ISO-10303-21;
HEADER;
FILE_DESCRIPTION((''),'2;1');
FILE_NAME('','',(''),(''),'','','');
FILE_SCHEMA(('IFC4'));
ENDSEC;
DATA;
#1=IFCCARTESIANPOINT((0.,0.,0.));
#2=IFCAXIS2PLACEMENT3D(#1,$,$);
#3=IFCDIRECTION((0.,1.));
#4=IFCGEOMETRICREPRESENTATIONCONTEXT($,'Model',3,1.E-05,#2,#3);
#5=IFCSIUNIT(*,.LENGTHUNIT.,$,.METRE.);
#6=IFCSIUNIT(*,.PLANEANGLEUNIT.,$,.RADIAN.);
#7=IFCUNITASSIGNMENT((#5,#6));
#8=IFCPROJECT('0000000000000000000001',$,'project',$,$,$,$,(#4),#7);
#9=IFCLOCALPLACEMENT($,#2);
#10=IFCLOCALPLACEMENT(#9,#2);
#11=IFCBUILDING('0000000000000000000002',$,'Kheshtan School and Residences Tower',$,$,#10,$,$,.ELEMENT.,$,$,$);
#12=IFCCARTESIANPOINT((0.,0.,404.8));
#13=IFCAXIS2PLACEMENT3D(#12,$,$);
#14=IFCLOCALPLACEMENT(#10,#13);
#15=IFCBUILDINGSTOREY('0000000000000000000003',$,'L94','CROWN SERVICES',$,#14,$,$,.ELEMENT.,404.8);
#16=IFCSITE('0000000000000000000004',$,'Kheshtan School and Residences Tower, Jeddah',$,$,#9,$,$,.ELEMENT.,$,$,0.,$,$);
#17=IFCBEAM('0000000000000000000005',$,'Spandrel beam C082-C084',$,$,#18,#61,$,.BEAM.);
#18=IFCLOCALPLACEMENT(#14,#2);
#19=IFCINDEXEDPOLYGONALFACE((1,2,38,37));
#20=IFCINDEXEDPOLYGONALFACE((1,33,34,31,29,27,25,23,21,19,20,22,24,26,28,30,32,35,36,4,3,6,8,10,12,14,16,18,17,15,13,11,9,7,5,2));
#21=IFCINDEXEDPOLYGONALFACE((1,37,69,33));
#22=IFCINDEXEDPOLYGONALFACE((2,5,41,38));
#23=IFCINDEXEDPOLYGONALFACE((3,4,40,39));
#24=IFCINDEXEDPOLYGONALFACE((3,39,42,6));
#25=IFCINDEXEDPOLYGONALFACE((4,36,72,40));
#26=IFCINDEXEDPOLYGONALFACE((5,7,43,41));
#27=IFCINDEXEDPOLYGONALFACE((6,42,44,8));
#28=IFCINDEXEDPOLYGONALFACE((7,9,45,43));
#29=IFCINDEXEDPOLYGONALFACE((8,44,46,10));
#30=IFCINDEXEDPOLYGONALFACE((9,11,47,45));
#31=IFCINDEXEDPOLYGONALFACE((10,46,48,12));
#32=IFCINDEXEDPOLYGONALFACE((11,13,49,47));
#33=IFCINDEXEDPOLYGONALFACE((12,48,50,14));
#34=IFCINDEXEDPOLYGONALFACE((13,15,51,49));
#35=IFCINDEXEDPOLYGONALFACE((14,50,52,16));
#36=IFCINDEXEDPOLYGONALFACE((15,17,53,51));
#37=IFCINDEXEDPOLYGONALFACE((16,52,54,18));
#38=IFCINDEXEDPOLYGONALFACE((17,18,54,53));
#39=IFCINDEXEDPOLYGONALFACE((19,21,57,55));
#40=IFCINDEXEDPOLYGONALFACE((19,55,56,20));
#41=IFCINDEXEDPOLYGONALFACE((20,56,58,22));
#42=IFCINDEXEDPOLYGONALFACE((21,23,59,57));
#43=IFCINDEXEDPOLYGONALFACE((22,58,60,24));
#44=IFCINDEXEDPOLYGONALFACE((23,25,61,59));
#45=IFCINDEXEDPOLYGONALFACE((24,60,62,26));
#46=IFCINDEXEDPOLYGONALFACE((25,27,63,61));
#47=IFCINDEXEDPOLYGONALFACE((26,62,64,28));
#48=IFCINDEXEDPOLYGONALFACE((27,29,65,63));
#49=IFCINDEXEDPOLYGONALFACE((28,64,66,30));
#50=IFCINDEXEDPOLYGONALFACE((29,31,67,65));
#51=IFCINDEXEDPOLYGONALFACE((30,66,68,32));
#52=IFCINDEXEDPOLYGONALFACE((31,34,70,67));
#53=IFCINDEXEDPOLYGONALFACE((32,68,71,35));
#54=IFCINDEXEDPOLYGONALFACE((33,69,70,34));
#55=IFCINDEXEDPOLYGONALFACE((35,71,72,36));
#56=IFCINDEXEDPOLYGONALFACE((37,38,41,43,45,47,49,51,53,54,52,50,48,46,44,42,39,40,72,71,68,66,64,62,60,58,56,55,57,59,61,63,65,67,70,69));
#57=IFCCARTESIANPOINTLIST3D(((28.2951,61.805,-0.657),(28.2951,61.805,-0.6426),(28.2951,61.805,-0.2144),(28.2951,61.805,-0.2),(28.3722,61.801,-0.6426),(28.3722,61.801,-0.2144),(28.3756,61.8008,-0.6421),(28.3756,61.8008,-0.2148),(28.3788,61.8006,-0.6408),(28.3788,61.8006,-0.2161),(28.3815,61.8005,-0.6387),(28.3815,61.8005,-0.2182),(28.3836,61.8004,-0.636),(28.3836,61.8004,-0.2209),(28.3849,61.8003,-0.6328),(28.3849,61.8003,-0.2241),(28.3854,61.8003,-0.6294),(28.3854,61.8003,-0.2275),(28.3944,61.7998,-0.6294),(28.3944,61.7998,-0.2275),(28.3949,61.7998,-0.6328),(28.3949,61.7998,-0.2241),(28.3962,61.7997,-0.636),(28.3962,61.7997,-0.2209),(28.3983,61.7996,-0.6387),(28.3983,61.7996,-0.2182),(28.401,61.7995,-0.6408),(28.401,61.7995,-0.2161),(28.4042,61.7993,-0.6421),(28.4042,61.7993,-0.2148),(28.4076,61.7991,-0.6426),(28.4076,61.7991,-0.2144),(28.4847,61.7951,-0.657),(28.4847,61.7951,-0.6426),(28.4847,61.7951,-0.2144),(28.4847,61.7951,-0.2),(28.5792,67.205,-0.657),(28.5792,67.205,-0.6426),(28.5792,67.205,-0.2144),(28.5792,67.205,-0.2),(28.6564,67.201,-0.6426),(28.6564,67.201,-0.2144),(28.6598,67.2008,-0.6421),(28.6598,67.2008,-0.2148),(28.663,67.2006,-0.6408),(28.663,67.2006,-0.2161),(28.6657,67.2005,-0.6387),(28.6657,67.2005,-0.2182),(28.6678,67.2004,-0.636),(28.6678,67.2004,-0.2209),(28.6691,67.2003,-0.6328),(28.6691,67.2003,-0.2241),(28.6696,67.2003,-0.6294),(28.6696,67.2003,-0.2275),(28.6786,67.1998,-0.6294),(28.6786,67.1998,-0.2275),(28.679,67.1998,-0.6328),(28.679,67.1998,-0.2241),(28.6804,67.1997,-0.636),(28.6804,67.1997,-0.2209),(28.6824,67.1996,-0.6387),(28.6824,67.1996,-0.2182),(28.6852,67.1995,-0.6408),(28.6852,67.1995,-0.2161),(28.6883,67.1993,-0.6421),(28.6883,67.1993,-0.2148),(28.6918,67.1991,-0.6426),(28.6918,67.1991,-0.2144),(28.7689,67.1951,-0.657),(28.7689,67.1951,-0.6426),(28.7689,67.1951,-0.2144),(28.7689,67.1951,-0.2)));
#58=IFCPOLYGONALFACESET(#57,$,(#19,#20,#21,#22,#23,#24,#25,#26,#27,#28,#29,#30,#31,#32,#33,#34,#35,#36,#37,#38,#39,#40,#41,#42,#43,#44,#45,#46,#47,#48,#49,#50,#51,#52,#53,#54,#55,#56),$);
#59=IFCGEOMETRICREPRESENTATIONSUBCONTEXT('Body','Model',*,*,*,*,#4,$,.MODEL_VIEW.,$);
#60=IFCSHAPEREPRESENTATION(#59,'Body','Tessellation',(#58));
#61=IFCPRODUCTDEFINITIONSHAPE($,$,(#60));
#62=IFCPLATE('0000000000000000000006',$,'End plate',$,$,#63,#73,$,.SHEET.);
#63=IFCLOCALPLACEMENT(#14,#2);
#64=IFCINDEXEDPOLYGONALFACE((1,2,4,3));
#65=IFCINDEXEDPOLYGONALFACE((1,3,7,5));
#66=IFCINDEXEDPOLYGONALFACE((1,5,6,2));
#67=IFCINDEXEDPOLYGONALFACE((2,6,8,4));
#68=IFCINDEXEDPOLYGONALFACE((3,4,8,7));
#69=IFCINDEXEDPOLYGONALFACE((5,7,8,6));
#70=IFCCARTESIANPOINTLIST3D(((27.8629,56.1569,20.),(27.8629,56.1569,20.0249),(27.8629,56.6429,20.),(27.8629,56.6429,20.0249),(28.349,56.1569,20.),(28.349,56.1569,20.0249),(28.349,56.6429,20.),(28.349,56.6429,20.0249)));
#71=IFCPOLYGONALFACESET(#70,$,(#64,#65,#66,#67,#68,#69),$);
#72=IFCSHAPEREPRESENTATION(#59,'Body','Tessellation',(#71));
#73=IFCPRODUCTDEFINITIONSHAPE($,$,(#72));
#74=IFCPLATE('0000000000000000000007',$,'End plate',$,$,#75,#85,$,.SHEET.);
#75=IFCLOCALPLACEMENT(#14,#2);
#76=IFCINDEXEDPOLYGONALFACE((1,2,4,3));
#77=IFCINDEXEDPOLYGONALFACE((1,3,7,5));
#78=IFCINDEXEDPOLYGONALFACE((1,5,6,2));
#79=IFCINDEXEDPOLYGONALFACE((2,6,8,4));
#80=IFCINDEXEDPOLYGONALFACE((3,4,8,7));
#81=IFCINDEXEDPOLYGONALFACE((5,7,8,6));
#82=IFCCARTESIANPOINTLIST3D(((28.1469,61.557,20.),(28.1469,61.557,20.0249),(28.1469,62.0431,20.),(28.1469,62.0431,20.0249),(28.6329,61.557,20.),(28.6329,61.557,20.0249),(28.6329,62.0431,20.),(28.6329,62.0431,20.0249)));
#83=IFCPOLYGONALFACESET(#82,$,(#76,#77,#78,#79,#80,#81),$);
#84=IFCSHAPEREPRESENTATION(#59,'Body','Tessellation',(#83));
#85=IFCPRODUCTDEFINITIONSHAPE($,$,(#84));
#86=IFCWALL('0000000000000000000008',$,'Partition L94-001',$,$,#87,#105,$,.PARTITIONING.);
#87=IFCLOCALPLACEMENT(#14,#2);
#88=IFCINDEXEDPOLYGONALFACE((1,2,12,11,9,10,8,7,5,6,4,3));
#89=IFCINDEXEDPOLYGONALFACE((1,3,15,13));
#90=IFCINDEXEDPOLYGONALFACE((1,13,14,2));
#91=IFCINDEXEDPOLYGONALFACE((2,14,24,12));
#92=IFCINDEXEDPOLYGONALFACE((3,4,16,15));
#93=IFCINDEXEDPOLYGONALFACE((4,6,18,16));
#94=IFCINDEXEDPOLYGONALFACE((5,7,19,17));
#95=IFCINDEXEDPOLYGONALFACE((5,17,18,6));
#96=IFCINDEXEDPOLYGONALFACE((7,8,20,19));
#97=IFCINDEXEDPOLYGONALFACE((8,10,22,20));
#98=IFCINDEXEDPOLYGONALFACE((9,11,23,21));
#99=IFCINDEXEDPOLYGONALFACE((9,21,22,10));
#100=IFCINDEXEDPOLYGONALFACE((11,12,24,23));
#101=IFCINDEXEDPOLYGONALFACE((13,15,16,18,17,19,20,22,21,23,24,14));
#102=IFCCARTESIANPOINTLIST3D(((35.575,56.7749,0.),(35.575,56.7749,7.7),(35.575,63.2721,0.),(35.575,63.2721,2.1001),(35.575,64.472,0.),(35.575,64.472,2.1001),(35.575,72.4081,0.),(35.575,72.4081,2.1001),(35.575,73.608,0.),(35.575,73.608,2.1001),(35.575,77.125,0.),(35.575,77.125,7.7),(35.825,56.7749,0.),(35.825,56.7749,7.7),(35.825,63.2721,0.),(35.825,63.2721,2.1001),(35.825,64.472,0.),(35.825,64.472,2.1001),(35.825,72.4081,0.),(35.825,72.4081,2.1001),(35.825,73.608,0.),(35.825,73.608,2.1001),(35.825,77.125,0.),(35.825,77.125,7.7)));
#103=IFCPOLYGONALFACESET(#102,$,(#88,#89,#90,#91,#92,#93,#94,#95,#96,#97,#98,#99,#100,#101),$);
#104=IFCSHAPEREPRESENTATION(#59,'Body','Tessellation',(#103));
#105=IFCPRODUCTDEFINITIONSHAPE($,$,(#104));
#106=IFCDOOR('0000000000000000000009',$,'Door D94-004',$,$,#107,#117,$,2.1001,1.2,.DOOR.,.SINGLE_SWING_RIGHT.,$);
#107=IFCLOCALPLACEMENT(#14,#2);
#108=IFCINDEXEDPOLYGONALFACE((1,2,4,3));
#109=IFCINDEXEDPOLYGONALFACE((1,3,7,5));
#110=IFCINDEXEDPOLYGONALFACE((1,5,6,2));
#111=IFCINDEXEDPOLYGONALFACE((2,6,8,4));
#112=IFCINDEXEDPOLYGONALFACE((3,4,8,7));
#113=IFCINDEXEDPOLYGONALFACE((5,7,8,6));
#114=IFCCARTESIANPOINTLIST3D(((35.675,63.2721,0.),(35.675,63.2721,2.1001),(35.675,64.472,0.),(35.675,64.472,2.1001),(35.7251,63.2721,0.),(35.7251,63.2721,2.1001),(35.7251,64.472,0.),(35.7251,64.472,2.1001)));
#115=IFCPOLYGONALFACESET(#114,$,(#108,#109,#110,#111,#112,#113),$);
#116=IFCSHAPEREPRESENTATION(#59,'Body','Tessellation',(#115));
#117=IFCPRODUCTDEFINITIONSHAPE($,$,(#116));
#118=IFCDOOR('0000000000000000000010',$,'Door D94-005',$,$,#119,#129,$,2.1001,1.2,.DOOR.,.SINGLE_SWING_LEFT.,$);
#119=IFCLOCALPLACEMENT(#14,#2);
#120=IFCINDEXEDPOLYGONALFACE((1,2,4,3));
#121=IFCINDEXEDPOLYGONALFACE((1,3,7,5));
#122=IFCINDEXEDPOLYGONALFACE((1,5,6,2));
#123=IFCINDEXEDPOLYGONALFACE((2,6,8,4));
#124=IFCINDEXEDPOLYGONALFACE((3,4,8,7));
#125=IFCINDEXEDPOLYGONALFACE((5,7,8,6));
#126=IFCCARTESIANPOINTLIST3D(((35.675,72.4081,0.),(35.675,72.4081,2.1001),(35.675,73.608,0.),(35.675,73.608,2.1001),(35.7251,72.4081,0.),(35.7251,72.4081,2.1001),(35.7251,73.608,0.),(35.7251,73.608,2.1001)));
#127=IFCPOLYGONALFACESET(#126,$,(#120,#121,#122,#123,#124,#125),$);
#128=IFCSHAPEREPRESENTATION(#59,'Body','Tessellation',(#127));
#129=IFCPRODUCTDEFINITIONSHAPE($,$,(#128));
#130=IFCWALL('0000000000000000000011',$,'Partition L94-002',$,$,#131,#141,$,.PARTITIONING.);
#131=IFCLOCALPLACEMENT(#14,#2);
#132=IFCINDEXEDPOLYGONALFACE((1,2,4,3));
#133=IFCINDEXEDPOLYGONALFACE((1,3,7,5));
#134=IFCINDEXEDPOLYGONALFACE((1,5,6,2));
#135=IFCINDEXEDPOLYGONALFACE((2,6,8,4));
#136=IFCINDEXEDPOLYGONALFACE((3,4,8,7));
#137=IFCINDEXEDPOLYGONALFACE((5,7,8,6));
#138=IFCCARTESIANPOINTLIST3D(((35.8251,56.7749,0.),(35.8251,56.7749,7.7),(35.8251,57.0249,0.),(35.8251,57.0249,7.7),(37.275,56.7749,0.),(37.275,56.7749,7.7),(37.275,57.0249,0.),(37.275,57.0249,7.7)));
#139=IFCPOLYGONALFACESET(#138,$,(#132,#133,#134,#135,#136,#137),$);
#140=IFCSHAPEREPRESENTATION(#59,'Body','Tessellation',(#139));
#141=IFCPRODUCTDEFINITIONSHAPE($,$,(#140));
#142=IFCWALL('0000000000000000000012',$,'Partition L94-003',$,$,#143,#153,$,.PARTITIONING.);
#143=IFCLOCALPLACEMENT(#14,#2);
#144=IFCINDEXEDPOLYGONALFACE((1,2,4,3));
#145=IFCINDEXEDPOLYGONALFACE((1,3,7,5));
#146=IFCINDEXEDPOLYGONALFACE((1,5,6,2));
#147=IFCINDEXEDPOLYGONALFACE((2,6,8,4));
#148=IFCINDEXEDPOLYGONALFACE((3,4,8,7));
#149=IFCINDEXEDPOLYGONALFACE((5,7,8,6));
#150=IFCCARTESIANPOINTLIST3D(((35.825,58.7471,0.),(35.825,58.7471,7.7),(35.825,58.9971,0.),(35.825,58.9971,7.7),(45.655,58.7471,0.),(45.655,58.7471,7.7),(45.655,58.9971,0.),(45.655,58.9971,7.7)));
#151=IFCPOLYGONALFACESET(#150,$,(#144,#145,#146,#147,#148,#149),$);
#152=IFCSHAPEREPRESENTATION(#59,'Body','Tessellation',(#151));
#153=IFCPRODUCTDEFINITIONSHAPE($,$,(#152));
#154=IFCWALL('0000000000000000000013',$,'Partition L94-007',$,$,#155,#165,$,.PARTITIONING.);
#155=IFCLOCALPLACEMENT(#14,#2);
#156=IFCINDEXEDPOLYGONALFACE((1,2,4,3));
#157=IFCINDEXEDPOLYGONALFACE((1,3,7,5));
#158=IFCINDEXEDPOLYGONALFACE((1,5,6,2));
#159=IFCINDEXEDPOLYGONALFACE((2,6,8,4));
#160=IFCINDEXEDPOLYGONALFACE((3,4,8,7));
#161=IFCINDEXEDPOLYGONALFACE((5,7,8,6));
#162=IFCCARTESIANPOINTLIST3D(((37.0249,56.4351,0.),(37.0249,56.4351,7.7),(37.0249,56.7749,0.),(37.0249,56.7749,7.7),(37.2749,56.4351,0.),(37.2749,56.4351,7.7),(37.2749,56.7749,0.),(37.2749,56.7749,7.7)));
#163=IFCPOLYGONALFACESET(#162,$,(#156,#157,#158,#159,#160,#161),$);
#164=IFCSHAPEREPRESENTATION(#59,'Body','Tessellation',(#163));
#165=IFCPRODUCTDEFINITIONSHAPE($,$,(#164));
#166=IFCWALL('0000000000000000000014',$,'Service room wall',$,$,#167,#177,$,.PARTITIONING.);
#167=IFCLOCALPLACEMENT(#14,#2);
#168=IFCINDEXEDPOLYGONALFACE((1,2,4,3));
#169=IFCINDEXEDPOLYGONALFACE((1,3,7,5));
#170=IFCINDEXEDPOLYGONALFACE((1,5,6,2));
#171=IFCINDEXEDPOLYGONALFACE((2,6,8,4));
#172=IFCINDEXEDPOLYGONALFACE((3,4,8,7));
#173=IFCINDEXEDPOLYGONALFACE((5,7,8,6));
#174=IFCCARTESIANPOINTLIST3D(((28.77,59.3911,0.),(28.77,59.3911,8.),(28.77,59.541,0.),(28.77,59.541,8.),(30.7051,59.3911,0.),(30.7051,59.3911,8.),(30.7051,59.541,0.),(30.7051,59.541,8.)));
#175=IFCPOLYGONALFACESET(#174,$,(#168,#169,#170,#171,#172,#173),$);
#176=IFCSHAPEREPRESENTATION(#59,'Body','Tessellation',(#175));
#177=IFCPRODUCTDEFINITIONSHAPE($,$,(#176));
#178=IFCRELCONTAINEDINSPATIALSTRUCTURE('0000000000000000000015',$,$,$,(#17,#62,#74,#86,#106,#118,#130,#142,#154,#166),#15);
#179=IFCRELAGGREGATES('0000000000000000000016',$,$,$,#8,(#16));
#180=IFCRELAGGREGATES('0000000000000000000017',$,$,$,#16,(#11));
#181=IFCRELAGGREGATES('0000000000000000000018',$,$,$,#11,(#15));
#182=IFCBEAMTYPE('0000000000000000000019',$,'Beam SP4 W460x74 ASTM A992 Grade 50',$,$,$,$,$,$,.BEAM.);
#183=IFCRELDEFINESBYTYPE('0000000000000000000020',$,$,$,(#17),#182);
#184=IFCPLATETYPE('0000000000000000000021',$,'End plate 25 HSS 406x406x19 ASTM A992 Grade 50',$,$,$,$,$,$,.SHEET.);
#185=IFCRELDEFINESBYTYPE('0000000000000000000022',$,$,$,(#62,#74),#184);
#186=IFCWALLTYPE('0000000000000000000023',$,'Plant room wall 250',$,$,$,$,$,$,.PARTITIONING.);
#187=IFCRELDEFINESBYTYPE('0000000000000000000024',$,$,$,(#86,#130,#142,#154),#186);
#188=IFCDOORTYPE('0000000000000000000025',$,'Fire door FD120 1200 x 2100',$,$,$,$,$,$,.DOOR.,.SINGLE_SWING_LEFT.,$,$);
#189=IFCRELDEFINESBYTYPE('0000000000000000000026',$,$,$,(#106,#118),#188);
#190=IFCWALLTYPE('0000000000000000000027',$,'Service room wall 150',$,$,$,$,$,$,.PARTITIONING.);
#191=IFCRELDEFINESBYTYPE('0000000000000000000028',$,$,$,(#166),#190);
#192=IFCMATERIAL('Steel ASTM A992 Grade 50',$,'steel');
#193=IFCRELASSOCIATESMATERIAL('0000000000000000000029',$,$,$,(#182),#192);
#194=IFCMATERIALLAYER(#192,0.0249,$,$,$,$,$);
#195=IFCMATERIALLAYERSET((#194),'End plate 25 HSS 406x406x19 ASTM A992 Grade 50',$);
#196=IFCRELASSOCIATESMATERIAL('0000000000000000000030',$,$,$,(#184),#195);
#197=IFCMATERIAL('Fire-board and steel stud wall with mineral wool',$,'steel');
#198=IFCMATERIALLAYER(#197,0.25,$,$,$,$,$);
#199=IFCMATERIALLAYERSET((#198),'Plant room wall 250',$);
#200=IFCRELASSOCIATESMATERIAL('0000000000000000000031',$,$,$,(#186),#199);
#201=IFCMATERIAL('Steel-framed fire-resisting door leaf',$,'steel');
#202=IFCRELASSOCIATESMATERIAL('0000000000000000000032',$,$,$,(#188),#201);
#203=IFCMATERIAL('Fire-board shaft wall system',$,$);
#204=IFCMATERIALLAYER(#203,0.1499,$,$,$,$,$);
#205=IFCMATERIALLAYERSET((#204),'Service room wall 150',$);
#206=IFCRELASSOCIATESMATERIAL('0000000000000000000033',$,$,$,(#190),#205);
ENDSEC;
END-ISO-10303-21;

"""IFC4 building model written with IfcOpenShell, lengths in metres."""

from ifc_helpers import new_model, si_unit, direction, frame, frame_2d, origin, origin_2d, place, context, subcontext, project, spatial, rectangle, i_section, extrude, source, transform, mapped, material, layer, layer_set, material_profile, profile_set, type_object, element, fill, save


model = new_model("IFC4")

# Units and contexts
model_context = context("Model", 3, precision=1e-05, world=origin(), true_north=direction((0.0, 1.0)))
body_context = subcontext(model_context, "Body", "Model", "MODEL_VIEW")
ifc_project = project(units=[si_unit("LENGTHUNIT", "METRE"), si_unit("PLANEANGLEUNIT", "RADIAN")], contexts=[model_context])

# Site, building, storey
site_placement = place(None, origin())
site = spatial("IfcSite", under=ifc_project, at=site_placement, Name="Kheshtan School and Residences Tower, Jeddah", CompositionType="ELEMENT", RefElevation=0.0)
building_placement = place(site_placement, origin())
building = spatial("IfcBuilding", under=site, at=building_placement, Name="Kheshtan School and Residences Tower", CompositionType="ELEMENT")
storey_placement = place(building_placement, frame((0.0, 0.0, 404.8)))
storey = spatial("IfcBuildingStorey", under=building, at=storey_placement, Name="L94", Description="CROWN SERVICES", CompositionType="ELEMENT", Elevation=404.8)

# Beam
ifc_material_1 = material(Name="Steel ASTM A992 Grade 50", Category="steel")
ifc_material_profile_1 = material_profile(ifc_material_1, i_section(OverallWidth=0.1899, OverallDepth=0.457, WebThickness=0.009, FlangeThickness=0.0144, FilletRadius=0.0132, at=origin_2d()), Name="W460x74")
ifc_profile_set_1 = profile_set([ifc_material_profile_1], Name="Steel ASTM A992 Grade 50")
beam_type_1 = type_object("IfcBeamType", Name="Beam SP4 W460x74 ASTM A992 Grade 50", PredefinedType="BEAM", material=ifc_profile_set_1)
beam_1_placement = place(storey_placement, frame((28.3899, 61.8, -0.4285), z_axis=(0.052554, 0.998618, 0.0), x_axis=(-0.998618, 0.052554, 0.0)))
element("IfcBeam", 1, at=beam_1_placement, inside=storey, type_object=beam_type_1, Name="Spandrel beam C082-C084", PredefinedType="BEAM", context=body_context, shape_type="SweptSolid", body=[
    extrude(i_section(OverallWidth=0.1899, OverallDepth=0.457, WebThickness=0.009, FlangeThickness=0.0144, FilletRadius=0.0132, at=origin_2d()), origin(), (0.0, 0.0, 1.0), 5.4075),
])

# Plates
ifc_layer_1 = layer(ifc_material_1, 0.0249)
ifc_layer_set_1 = layer_set([ifc_layer_1], Name="End plate 25 HSS 406x406x19 ASTM A992 Grade 50")
plate_type = type_object("IfcPlateType", Name="End plate 25 HSS 406x406x19 ASTM A992 Grade 50", PredefinedType="SHEET", material=ifc_layer_set_1)
for number, where, z_axis, x_axis, name in (
    (2, (28.106, 56.3999, 20.0), (0.0, 0.0, 1.0), (1.0, 0.0, 0.0), "End plate"),
    (3, (28.3899, 61.8, 20.0), (0.0, 0.0, 1.0), (1.0, 0.0, 0.0), "End plate"),
):
    element("IfcPlate", number, at=place(storey_placement, frame(where, z_axis=z_axis, x_axis=x_axis)), inside=storey, type_object=plate_type, Name=name, PredefinedType="SHEET", context=body_context, shape_type="SweptSolid", body=[
        extrude(rectangle(XDim=0.4861, YDim=0.4861, at=origin_2d()), origin(), (0.0, 0.0, 1.0), 0.0249),
    ])

# Wall, openings, doors
ifc_material_2 = material(Name="Fire-board and steel stud wall with mineral wool", Category="steel")
ifc_layer_2 = layer(ifc_material_2, 0.25)
ifc_layer_set_2 = layer_set([ifc_layer_2], Name="Plant room wall 250")
wall_type_1 = type_object("IfcWallType", Name="Plant room wall 250", PredefinedType="PARTITIONING", material=ifc_layer_set_2)
wall_1_placement = place(storey_placement, frame((35.7, 56.7749, 0.0), z_axis=(0.0, 0.0, 1.0), x_axis=(0.0, 1.0, 0.0)))
wall_1 = element("IfcWall", 4, at=wall_1_placement, inside=storey, type_object=wall_type_1, Name="Partition L94-001", PredefinedType="PARTITIONING", context=body_context, shape_type="SweptSolid", body=[
    extrude(rectangle(XDim=20.3501, YDim=0.25, at=frame_2d((10.175, 0.0))), origin(), (0.0, 0.0, 1.0), 7.7),
])
opening_1_placement = place(wall_1_placement, frame((6.4971, 0.0, 0.0)))
opening_1 = element("IfcOpeningElement", 5, at=opening_1_placement, cuts=wall_1, PredefinedType="OPENING", context=body_context, shape_type="SweptSolid", body=[
    extrude(rectangle(XDim=1.2, YDim=2.1001, at=frame_2d((0.6001, 1.05))), frame((0.0, 0.135, 0.0), z_axis=(0.0, -1.0, 0.0), x_axis=(1.0, 0.0, 0.0)), (0.0, 0.0, 1.0), 0.27),
])
opening_2_placement = place(wall_1_placement, frame((15.6331, 0.0, 0.0)))
opening_2 = element("IfcOpeningElement", 6, at=opening_2_placement, cuts=wall_1, PredefinedType="OPENING", context=body_context, shape_type="SweptSolid", body=[
    extrude(rectangle(XDim=1.2, YDim=2.1001, at=frame_2d((0.6001, 1.05))), frame((0.0, 0.135, 0.0), z_axis=(0.0, -1.0, 0.0), x_axis=(1.0, 0.0, 0.0)), (0.0, 0.0, 1.0), 0.27),
])
ifc_material_3 = material(Name="Steel-framed fire-resisting door leaf", Category="steel")
door_type_1 = type_object("IfcDoorType", Name="Fire door FD120 1200 x 2100", OperationType="SINGLE_SWING_LEFT", PredefinedType="DOOR", material=ifc_material_3)
shared_shape_1 = source(origin(), body_context, "Body", "SweptSolid", [
    extrude(rectangle(XDim=1.2, YDim=2.1001, at=frame_2d((0.6001, 1.05))), frame((0.0, 0.0249, 0.0), z_axis=(0.0, -1.0, 0.0), x_axis=(1.0, 0.0, 0.0)), (0.0, 0.0, 1.0), 0.05),
])
door_1_placement = place(opening_1_placement, origin())
door_1 = element("IfcDoor", 7, at=door_1_placement, inside=storey, type_object=door_type_1, Name="Door D94-004", OperationType="SINGLE_SWING_RIGHT", OverallHeight=2.1001, OverallWidth=1.2, PredefinedType="DOOR", context=body_context, shape_type="MappedRepresentation", body=[
    mapped(shared_shape_1, transform((0.0, 0.0, 0.0), x_axis=(1.0, 0.0, 0.0), y_axis=(0.0, 1.0, 0.0), z_axis=(0.0, 0.0, 1.0), scale=1.0)),
])
fill(opening_1, door_1)
door_2_placement = place(opening_2_placement, origin())
door_2 = element("IfcDoor", 8, at=door_2_placement, inside=storey, type_object=door_type_1, Name="Door D94-005", OperationType="SINGLE_SWING_LEFT", OverallHeight=2.1001, OverallWidth=1.2, PredefinedType="DOOR", context=body_context, shape_type="MappedRepresentation", body=[
    mapped(shared_shape_1, transform((0.0, 0.0, 0.0), x_axis=(1.0, 0.0, 0.0), y_axis=(0.0, 1.0, 0.0), z_axis=(0.0, 0.0, 1.0), scale=1.0)),
])
fill(opening_2, door_2)

# Walls
wall_2_placement = place(storey_placement, frame((35.825, 56.8999, 0.0), z_axis=(0.0, 0.0, 1.0), x_axis=(1.0, 0.0, 0.0)))
element("IfcWall", 9, at=wall_2_placement, inside=storey, type_object=wall_type_1, Name="Partition L94-002", PredefinedType="PARTITIONING", context=body_context, shape_type="SweptSolid", body=[
    extrude(rectangle(XDim=1.45, YDim=0.25, at=frame_2d((0.7251, 0.0))), origin(), (0.0, 0.0, 1.0), 7.7),
])
wall_3_placement = place(storey_placement, frame((35.825, 58.8721, 0.0), z_axis=(0.0, 0.0, 1.0), x_axis=(1.0, 0.0, 0.0)))
element("IfcWall", 10, at=wall_3_placement, inside=storey, type_object=wall_type_1, Name="Partition L94-003", PredefinedType="PARTITIONING", context=body_context, shape_type="SweptSolid", body=[
    extrude(rectangle(XDim=9.8301, YDim=0.25, at=frame_2d((4.915, 0.0))), origin(), (0.0, 0.0, 1.0), 7.7),
])
wall_4_placement = place(storey_placement, frame((37.1499, 56.4351, 0.0), z_axis=(0.0, 0.0, 1.0), x_axis=(0.0, 1.0, 0.0)))
element("IfcWall", 11, at=wall_4_placement, inside=storey, type_object=wall_type_1, Name="Partition L94-007", PredefinedType="PARTITIONING", context=body_context, shape_type="SweptSolid", body=[
    extrude(rectangle(XDim=0.3398, YDim=0.25, at=frame_2d((0.1699, 0.0))), origin(), (0.0, 0.0, 1.0), 7.7),
])
ifc_material_4 = material(Name="Fire-board shaft wall system")
ifc_layer_3 = layer(ifc_material_4, 0.1499)
ifc_layer_set_3 = layer_set([ifc_layer_3], Name="Service room wall 150")
wall_type_2 = type_object("IfcWallType", Name="Service room wall 150", PredefinedType="PARTITIONING", material=ifc_layer_set_3)
wall_5_placement = place(storey_placement, frame((28.77, 59.4661, 0.0), z_axis=(0.0, 0.0, 1.0), x_axis=(1.0, 0.0, 0.0)))
element("IfcWall", 12, at=wall_5_placement, inside=storey, type_object=wall_type_2, Name="Service room wall", PredefinedType="PARTITIONING", context=body_context, shape_type="SweptSolid", body=[
    extrude(rectangle(XDim=1.9351, YDim=0.1499, at=frame_2d((0.9675, 0.0))), origin(), (0.0, 0.0, 1.0), 8.0),
])

save(model, "model.ifc")
